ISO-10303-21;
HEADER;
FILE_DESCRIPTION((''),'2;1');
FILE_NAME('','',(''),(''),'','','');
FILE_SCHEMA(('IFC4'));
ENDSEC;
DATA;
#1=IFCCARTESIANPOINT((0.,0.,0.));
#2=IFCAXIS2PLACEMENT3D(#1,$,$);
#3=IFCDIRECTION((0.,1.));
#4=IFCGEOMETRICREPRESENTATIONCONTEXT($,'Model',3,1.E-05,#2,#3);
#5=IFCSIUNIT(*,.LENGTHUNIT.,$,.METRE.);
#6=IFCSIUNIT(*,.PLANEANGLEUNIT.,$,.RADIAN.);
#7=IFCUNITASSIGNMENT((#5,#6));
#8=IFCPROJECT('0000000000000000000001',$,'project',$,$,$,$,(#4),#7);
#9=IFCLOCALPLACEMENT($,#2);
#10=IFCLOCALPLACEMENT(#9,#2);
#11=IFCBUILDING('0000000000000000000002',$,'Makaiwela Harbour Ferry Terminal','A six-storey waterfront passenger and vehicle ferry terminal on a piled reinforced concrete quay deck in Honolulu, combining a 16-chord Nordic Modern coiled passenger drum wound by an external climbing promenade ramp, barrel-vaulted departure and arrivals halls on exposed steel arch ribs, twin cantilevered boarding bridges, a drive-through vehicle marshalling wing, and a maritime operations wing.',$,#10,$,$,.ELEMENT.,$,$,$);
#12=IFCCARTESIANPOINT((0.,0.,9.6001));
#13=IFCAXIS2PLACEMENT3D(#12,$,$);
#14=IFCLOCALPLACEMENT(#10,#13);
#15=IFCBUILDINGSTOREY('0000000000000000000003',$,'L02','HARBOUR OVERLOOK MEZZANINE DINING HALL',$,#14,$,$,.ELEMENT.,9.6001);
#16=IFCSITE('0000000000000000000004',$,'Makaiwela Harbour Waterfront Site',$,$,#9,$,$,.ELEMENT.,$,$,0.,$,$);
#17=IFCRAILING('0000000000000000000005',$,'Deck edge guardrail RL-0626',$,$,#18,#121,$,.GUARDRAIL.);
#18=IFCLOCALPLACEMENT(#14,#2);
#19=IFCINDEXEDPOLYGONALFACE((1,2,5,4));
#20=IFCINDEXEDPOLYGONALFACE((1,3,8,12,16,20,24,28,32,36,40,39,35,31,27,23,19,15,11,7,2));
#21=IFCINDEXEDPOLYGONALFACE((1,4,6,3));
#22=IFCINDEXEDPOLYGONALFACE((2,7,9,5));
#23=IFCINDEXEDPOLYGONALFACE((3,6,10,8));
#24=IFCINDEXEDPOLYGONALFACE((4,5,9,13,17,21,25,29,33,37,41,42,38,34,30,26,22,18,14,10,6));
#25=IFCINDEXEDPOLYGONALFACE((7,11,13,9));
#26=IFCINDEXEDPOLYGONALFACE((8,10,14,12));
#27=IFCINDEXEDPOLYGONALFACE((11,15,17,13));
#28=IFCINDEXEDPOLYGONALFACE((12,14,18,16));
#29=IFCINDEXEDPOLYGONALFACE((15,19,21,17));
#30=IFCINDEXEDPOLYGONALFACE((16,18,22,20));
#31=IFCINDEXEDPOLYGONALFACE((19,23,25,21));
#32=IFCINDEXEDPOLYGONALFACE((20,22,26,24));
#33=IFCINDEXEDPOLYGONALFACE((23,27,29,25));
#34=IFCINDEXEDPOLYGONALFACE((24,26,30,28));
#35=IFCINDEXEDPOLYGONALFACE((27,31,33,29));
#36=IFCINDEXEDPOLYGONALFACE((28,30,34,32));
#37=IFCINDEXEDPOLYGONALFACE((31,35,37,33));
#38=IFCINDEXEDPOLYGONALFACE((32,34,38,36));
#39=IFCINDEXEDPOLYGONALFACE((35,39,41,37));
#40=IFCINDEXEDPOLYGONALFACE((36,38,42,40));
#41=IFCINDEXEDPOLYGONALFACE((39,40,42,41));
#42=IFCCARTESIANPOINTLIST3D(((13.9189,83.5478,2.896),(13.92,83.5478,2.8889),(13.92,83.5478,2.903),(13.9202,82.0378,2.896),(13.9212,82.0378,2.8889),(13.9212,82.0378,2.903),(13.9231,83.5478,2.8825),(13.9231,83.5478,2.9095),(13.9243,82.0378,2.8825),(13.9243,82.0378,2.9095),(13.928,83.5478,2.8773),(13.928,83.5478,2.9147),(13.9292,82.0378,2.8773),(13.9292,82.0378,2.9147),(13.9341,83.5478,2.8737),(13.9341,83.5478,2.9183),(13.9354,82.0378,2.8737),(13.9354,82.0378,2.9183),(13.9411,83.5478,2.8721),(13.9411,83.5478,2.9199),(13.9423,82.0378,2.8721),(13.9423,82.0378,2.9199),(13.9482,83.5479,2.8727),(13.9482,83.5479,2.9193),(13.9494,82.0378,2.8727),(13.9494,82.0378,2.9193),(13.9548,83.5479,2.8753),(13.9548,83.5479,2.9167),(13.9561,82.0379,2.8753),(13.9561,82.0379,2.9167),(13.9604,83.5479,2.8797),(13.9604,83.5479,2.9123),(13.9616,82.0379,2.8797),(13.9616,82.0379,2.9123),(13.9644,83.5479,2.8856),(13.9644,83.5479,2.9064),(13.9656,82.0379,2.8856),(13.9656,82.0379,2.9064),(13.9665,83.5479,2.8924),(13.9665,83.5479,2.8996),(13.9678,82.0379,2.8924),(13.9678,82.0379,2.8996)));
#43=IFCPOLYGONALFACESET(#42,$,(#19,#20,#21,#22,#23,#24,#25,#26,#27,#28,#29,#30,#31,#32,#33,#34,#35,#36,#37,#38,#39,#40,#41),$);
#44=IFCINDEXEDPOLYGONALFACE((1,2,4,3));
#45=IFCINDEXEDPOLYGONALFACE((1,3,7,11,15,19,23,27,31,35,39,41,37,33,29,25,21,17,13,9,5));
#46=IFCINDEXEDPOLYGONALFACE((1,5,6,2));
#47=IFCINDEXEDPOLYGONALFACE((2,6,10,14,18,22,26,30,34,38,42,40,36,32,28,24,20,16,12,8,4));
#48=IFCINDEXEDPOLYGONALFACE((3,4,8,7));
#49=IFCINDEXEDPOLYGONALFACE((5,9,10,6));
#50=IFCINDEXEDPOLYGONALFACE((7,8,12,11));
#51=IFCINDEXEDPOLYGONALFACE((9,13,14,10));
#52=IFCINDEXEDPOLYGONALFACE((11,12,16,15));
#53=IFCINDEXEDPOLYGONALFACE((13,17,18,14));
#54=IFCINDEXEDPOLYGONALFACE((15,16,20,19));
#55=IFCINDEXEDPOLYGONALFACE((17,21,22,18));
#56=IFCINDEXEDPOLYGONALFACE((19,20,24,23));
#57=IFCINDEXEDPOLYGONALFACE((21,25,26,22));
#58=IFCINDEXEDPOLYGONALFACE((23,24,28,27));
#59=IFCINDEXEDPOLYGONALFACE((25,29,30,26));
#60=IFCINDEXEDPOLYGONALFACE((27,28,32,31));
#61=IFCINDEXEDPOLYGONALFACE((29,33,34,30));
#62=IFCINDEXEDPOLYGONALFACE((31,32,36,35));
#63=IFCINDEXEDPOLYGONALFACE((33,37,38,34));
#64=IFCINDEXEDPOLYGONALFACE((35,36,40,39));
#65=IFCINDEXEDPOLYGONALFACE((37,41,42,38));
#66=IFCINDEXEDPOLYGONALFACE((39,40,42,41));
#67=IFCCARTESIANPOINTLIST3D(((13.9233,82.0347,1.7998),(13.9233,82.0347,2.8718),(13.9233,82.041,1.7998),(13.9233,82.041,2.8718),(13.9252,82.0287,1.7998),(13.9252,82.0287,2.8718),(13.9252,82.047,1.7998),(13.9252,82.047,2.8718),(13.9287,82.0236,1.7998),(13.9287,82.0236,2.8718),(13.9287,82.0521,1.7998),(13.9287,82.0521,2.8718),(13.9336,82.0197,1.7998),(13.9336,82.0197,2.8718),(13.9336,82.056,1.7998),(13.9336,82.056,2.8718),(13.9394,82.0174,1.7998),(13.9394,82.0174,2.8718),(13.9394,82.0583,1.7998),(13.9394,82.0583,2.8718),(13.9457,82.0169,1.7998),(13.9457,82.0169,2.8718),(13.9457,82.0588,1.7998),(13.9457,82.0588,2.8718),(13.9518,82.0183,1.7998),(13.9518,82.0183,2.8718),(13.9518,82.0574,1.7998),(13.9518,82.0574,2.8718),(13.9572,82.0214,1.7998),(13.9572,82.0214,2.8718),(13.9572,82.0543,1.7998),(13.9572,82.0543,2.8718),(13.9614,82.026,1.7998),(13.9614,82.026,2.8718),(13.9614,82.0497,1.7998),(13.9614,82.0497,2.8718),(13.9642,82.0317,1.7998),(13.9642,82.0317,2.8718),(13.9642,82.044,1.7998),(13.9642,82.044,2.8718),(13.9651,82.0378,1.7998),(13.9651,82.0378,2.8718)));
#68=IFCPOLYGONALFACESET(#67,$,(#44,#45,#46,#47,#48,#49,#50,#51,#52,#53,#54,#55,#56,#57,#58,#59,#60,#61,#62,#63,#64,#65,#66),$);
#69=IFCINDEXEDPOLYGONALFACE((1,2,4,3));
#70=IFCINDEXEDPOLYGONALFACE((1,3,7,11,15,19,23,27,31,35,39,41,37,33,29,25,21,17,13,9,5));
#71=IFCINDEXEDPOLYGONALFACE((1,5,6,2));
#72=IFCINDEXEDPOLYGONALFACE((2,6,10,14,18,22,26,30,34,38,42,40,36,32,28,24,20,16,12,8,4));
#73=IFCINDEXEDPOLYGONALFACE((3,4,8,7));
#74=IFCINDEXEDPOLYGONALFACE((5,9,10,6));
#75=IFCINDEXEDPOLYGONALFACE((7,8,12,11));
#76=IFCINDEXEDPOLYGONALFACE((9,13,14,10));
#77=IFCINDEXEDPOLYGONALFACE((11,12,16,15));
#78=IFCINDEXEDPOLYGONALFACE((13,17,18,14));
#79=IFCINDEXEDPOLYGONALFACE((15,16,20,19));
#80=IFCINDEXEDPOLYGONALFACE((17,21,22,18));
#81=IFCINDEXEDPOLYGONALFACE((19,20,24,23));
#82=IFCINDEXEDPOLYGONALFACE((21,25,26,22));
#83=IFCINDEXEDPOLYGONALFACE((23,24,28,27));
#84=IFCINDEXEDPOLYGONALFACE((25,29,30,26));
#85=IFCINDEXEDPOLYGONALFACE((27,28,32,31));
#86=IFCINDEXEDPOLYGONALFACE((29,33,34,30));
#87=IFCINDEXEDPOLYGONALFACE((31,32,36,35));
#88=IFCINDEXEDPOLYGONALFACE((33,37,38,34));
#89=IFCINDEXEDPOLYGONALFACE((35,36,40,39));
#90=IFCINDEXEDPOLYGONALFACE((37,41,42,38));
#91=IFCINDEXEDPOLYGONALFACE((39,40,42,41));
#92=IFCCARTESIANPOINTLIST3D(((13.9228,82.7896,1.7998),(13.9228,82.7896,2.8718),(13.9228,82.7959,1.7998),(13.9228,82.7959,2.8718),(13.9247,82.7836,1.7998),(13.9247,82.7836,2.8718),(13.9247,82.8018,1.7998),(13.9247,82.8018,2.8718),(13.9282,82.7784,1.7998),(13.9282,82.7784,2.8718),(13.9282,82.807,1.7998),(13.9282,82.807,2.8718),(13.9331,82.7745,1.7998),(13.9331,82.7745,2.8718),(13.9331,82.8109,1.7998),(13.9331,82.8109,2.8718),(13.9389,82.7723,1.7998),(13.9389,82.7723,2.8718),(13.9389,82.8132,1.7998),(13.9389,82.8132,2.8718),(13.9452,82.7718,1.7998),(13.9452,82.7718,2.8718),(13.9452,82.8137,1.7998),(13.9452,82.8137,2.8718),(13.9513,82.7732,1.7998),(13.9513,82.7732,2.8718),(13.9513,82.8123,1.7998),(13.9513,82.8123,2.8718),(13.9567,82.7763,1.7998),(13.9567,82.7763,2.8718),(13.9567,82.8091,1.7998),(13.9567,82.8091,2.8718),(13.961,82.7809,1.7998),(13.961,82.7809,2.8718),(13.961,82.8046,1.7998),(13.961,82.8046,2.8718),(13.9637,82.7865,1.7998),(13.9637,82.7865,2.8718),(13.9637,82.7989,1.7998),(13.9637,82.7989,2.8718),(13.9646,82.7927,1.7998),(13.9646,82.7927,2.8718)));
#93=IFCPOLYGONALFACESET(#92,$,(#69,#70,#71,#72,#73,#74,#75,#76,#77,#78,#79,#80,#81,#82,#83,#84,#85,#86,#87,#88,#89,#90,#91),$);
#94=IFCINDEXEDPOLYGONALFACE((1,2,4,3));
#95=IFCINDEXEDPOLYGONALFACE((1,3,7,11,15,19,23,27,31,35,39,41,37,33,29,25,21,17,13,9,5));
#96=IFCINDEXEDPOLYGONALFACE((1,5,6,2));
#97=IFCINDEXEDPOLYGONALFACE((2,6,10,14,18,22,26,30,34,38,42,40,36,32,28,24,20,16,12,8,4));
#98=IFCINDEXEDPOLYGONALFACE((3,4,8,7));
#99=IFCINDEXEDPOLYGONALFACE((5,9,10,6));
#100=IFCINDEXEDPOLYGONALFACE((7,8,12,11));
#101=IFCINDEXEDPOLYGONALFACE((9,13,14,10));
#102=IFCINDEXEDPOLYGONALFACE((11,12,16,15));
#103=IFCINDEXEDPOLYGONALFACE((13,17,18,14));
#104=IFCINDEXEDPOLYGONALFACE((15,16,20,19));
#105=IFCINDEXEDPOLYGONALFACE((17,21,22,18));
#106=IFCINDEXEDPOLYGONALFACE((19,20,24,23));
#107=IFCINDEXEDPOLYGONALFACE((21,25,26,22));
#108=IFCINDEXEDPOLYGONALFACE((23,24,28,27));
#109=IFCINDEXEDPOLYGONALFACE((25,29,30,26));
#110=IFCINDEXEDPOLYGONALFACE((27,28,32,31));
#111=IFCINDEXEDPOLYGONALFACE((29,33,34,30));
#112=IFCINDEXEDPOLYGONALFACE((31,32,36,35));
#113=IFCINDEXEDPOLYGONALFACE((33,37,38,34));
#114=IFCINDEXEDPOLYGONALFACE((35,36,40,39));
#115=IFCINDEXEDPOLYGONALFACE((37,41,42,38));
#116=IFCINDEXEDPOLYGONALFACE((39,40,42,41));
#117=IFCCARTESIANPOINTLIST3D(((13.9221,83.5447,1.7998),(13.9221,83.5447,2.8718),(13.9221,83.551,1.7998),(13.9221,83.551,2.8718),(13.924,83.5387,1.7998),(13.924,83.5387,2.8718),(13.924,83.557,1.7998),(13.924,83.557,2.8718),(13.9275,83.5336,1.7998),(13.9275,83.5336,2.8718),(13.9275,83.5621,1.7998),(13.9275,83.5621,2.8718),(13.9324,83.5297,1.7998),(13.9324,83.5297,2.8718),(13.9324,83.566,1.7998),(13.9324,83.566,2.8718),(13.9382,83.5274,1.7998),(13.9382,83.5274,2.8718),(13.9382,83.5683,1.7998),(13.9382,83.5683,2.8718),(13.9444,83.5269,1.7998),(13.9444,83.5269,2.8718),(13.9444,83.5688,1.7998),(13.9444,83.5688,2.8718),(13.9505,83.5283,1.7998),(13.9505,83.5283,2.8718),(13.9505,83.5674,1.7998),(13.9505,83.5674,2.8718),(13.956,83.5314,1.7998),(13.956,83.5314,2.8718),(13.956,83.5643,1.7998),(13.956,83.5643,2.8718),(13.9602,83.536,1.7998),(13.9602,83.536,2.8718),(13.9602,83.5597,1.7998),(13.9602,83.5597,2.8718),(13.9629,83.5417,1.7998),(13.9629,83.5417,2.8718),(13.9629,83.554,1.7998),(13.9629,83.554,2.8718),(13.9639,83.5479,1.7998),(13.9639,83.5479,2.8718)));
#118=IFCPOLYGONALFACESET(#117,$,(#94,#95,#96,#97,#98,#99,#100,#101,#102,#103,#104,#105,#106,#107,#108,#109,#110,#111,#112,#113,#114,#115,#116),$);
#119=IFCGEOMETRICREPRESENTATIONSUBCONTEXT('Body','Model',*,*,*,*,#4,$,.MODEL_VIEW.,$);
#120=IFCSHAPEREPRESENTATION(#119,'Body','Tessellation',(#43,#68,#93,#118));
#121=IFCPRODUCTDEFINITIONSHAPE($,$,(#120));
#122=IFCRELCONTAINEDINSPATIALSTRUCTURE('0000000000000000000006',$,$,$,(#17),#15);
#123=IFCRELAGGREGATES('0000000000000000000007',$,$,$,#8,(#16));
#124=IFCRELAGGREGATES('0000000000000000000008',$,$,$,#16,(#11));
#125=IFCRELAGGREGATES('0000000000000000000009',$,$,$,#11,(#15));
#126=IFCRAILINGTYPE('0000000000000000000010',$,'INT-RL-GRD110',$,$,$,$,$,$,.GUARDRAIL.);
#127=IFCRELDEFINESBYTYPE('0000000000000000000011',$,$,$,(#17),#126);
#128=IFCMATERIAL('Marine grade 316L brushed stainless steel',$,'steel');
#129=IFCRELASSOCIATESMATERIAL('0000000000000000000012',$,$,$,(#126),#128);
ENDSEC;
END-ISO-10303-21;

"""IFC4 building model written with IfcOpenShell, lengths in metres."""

from ifc_helpers import new_model, si_unit, direction, frame, origin, origin_2d, place, context, subcontext, project, spatial, circle, extrude, material, type_object, element, save


model = new_model("IFC4")

# Units and contexts
model_context = context("Model", 3, precision=1e-05, world=origin(), true_north=direction((0.0, 1.0)))
body_context = subcontext(model_context, "Body", "Model", "MODEL_VIEW")
ifc_project = project(units=[si_unit("LENGTHUNIT", "METRE"), si_unit("PLANEANGLEUNIT", "RADIAN")], contexts=[model_context])

# Site, building, storey
site_placement = place(None, origin())
site = spatial("IfcSite", under=ifc_project, at=site_placement, Name="Makaiwela Harbour Waterfront Site", CompositionType="ELEMENT", RefElevation=0.0)
building_placement = place(site_placement, origin())
building = spatial("IfcBuilding", under=site, at=building_placement, Name="Makaiwela Harbour Ferry Terminal", Description="A six-storey waterfront passenger and vehicle ferry terminal on a piled reinforced concrete quay deck in Honolulu, combining a 16-chord Nordic Modern coiled passenger drum wound by an external climbing promenade ramp, barrel-vaulted departure and arrivals halls on exposed steel arch ribs, twin cantilevered boarding bridges, a drive-through vehicle marshalling wing, and a maritime operations wing.", CompositionType="ELEMENT")
storey_placement = place(building_placement, frame((0.0, 0.0, 9.6001)))
storey = spatial("IfcBuildingStorey", under=building, at=storey_placement, Name="L02", Description="HARBOUR OVERLOOK MEZZANINE DINING HALL", CompositionType="ELEMENT", Elevation=9.6001)

# Railing
ifc_material_1 = material(Name="Marine grade 316L brushed stainless steel", Category="steel")
railing_type = type_object("IfcRailingType", Name="INT-RL-GRD110", PredefinedType="GUARDRAIL", material=ifc_material_1)
railing_1_placement = place(storey_placement, frame((13.9441, 82.0378, 1.7998)))
element("IfcRailing", 1, at=railing_1_placement, inside=storey, type_object=railing_type, Name="Deck edge guardrail RL-0626", PredefinedType="GUARDRAIL", context=body_context, shape_type="SweptSolid", body=[
    extrude(circle(Radius=0.0239, at=origin_2d()), frame((0.0, 0.0, 1.0962), z_axis=(-0.000808, 1.0, 0.0), x_axis=(-1.0, -0.000808, 0.0)), (0.0, 0.0, 1.0), 1.51),
    extrude(circle(Radius=0.021, at=origin_2d()), origin(), (0.0, 0.0, 1.0), 1.072),
    extrude(circle(Radius=0.021, at=origin_2d()), frame((-0.0005, 0.7549, 0.0)), (0.0, 0.0, 1.0), 1.072),
    extrude(circle(Radius=0.021, at=origin_2d()), frame((-0.0012, 1.51, 0.0)), (0.0, 0.0, 1.0), 1.072),
])

save(model, "model.ifc")
